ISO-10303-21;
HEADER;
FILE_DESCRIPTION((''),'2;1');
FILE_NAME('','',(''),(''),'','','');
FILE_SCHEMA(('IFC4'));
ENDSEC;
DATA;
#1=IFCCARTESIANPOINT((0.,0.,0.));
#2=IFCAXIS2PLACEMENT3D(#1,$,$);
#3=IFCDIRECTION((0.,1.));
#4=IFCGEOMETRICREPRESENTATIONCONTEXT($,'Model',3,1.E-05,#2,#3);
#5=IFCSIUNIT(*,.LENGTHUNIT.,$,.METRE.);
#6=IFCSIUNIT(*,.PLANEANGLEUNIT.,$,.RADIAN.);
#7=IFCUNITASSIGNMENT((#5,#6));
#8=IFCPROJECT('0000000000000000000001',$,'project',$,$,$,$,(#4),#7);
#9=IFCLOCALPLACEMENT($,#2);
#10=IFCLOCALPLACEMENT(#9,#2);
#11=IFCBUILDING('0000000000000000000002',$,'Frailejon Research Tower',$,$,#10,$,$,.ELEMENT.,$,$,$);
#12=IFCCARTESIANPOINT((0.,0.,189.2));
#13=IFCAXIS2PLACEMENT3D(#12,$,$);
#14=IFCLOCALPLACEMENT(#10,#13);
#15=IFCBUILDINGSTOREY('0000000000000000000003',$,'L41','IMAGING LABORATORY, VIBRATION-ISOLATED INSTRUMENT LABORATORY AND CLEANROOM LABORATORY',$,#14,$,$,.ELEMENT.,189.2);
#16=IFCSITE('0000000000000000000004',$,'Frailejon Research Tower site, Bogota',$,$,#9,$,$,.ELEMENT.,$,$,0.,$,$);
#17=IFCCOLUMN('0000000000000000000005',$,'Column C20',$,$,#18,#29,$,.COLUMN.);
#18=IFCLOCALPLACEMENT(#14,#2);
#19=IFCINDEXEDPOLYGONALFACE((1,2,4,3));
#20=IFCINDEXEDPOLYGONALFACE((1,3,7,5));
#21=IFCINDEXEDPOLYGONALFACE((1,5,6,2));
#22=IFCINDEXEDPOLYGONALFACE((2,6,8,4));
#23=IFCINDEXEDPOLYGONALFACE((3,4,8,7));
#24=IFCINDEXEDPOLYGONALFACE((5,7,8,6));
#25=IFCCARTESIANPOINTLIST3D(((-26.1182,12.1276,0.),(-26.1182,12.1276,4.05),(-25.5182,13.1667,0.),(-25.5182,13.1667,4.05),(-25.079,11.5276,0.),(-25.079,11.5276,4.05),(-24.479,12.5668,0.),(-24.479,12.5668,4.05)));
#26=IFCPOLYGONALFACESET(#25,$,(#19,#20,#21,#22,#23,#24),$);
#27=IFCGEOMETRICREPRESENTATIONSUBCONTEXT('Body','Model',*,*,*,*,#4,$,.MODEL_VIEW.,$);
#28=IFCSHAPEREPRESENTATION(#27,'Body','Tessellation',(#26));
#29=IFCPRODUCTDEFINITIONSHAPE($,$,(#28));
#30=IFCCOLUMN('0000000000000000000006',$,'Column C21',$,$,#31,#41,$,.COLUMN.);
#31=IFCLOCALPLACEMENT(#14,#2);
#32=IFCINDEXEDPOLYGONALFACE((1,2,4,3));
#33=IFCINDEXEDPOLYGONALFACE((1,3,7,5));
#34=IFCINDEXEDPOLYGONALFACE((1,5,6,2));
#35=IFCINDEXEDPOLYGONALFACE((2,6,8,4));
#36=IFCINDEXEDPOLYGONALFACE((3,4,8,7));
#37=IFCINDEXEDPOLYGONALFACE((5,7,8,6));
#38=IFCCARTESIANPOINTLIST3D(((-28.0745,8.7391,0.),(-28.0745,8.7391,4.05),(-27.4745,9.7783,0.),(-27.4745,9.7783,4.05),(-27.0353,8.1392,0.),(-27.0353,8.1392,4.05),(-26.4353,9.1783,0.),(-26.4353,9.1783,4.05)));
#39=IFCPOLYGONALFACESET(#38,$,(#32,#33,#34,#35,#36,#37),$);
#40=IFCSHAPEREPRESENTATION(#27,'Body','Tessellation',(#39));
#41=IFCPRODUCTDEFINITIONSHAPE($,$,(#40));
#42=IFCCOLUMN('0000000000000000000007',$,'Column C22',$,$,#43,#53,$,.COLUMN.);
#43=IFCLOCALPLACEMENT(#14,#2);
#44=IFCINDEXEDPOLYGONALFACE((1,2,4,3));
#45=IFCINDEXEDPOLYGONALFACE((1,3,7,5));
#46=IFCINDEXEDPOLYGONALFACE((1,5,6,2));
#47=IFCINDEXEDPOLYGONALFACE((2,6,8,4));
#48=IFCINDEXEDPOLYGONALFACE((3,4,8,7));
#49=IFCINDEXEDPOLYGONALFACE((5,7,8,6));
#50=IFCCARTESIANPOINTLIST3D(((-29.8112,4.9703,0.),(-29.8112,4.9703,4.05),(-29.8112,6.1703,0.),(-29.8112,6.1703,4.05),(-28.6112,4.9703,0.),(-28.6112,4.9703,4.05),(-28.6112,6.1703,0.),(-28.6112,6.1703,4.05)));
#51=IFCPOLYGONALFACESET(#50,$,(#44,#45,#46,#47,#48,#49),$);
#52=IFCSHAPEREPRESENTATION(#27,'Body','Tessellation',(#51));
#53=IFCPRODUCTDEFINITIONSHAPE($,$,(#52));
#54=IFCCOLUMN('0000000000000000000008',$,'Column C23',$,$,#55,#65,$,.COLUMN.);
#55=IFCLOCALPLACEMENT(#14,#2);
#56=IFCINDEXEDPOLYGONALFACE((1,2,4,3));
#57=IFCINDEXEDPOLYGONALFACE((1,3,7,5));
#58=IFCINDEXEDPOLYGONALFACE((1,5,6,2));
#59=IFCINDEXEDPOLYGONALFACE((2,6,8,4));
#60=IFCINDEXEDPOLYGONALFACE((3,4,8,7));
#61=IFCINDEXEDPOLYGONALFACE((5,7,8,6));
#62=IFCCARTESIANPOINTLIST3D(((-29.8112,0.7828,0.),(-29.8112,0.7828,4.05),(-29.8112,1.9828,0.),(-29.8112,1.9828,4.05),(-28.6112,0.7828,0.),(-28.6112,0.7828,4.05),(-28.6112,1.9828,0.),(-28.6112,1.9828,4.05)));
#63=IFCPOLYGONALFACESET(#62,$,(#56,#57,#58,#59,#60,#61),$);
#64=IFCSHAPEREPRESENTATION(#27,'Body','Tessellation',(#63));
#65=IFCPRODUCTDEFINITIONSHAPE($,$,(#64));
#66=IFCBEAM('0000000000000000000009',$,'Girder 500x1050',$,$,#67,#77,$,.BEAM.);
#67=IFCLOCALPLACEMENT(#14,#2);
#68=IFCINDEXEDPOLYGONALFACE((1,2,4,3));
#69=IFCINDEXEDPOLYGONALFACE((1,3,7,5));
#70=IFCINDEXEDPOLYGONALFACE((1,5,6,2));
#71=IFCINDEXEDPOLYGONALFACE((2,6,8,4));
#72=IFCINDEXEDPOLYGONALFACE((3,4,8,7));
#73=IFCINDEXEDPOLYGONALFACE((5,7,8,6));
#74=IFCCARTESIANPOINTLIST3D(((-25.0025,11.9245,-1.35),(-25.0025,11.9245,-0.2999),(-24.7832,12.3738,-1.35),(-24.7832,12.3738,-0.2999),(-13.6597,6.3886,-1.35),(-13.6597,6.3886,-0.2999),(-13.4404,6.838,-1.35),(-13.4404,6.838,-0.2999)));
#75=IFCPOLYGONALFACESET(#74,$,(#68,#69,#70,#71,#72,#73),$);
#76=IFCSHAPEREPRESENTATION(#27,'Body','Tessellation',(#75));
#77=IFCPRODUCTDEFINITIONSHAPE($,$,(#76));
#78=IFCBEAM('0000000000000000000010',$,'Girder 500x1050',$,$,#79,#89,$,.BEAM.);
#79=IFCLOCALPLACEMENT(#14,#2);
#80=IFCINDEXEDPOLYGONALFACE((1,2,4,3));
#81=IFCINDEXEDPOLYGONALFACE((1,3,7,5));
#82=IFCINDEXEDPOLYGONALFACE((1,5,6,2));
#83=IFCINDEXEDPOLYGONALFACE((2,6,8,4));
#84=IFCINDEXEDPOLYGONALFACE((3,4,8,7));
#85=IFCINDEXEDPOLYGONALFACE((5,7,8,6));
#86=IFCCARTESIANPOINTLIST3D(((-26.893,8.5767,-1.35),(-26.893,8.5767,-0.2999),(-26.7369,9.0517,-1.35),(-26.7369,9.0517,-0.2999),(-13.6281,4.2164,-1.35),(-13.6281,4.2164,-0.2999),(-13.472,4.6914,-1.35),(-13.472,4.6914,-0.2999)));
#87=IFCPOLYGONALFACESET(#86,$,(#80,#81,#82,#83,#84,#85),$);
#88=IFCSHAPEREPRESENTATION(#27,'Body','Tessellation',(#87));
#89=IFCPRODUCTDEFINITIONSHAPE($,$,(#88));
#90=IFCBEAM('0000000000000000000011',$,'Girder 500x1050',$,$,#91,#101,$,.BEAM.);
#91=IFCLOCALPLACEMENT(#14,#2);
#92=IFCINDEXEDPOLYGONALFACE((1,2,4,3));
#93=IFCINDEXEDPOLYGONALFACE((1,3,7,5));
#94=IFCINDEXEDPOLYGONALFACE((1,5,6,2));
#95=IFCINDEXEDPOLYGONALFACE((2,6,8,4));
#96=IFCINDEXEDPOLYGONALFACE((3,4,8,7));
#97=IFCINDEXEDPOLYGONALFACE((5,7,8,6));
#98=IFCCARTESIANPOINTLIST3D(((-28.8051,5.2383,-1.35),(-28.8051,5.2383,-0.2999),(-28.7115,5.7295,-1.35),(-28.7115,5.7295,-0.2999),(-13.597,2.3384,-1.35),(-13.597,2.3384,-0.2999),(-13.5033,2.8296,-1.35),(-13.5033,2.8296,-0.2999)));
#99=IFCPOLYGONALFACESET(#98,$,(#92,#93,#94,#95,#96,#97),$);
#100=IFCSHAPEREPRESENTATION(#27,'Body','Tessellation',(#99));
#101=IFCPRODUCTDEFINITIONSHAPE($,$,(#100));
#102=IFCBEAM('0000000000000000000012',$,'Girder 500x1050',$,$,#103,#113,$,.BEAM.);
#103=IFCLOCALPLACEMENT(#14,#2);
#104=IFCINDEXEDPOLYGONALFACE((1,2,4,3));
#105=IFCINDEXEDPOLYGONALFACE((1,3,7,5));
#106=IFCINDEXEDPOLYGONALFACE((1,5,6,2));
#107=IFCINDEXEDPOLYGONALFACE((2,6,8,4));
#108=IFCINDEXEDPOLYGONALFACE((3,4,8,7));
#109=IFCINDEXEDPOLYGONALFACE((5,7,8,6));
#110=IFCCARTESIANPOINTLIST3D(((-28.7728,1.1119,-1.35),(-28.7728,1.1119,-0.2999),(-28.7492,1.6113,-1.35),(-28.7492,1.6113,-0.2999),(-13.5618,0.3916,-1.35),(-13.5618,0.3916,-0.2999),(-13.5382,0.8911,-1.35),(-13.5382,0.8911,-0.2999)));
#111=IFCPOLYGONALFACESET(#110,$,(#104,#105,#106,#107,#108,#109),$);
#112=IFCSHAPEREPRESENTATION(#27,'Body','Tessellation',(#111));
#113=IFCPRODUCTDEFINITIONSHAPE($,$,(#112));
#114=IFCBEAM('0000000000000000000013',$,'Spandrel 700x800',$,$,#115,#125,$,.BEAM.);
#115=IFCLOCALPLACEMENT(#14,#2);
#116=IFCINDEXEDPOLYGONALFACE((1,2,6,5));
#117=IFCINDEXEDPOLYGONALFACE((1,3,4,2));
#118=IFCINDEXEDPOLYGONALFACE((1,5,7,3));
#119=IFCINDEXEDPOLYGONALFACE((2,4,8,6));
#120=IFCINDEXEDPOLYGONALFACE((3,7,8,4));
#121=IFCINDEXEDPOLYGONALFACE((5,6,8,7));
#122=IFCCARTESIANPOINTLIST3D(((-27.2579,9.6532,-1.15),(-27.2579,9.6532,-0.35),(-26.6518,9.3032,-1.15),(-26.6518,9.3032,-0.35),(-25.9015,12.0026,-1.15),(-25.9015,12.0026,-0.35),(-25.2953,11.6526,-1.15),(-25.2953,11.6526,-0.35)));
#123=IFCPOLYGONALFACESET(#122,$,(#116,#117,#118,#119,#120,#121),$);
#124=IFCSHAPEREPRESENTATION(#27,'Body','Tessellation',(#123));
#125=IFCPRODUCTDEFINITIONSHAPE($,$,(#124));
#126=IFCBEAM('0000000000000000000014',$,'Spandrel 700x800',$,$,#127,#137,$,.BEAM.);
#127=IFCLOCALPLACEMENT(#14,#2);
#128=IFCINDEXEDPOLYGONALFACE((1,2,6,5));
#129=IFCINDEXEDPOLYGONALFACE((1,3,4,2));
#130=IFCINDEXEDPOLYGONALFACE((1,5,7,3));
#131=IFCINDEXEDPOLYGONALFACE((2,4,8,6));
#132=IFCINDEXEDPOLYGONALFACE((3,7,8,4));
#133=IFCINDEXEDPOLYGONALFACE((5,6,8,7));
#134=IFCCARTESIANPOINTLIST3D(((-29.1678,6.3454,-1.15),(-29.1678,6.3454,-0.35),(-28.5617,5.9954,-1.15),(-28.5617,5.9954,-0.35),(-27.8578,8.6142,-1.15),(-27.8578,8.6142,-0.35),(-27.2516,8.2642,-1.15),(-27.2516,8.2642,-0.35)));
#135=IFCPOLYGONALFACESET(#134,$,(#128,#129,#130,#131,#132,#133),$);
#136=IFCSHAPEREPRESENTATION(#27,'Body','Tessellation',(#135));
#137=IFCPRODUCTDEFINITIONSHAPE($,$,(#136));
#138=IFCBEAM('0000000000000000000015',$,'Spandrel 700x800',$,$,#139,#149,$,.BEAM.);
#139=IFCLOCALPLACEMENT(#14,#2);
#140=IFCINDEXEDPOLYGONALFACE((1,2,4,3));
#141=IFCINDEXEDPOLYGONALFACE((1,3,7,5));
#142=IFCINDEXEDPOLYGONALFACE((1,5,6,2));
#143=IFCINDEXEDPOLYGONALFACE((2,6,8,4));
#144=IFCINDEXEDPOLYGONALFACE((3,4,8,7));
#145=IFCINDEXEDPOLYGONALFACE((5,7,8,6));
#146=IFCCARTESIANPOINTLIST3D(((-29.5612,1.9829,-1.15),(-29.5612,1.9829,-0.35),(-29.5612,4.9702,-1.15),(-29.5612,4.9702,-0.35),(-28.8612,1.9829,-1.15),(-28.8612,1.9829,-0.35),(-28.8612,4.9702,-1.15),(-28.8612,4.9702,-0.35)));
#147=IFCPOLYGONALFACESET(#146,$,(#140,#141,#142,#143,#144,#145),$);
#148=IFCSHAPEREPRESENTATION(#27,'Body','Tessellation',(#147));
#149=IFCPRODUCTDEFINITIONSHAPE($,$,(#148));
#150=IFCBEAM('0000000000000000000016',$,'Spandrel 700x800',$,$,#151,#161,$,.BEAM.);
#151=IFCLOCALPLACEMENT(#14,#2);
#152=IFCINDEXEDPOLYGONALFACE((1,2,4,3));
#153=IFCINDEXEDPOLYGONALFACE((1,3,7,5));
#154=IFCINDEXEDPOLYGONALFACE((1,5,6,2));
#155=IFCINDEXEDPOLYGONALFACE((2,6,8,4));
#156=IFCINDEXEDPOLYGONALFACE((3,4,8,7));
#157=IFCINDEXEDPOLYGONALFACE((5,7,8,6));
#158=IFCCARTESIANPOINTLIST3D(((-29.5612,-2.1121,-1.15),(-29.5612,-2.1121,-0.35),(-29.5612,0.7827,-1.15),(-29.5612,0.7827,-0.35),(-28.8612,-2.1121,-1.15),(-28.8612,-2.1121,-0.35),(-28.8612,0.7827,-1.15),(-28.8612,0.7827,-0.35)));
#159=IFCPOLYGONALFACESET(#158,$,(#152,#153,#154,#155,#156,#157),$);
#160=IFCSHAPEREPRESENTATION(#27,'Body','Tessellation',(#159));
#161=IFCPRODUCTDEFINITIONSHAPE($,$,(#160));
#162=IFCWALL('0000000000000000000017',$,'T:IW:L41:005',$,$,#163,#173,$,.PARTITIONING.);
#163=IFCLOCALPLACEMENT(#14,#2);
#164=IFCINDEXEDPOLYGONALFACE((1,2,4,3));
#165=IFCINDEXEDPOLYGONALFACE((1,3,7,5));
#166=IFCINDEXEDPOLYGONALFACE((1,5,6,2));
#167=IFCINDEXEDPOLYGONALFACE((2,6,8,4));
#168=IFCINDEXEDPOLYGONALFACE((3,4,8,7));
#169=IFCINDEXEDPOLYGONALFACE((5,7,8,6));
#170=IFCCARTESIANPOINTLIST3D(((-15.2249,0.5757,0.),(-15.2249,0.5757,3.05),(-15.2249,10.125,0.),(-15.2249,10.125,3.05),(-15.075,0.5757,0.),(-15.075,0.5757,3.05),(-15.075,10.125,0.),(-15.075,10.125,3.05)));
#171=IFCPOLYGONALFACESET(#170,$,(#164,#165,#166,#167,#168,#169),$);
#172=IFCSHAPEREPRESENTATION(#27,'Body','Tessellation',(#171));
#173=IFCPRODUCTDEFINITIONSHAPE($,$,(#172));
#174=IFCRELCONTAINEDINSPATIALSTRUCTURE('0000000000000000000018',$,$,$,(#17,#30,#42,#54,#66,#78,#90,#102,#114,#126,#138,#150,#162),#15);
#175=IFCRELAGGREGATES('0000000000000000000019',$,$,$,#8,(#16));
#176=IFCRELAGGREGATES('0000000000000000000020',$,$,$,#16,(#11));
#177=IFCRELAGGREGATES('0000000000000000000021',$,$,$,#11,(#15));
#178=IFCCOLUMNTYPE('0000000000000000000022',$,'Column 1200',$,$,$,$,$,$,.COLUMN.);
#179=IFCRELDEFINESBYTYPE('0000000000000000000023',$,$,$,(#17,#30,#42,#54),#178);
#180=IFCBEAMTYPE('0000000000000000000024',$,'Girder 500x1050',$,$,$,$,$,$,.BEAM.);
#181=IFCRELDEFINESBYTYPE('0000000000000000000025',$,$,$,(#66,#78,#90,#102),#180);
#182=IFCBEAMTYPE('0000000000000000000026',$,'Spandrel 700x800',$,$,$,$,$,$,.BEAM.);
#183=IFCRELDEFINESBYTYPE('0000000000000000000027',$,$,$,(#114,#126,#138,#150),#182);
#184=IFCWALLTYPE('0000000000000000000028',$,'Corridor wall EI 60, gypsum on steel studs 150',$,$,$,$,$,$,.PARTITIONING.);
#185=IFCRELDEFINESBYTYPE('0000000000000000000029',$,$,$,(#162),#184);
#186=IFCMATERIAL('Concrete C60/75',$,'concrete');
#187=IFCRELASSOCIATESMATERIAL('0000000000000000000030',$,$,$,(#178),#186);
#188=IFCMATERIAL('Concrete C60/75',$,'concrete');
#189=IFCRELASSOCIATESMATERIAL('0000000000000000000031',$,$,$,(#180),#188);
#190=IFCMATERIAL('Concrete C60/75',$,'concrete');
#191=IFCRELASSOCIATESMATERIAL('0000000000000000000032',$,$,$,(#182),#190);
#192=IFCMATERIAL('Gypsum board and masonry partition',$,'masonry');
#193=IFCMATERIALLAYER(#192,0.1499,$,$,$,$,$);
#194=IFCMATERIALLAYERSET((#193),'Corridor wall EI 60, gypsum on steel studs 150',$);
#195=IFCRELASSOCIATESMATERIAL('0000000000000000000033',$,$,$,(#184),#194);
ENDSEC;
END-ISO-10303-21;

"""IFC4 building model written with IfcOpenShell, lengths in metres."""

from ifc_helpers import new_model, si_unit, direction, frame, frame_2d, origin, origin_2d, place, context, subcontext, project, spatial, rectangle, extrude, material, layer, layer_set, material_profile, profile_set, type_object, element, save


model = new_model("IFC4")

# Units and contexts
model_context = context("Model", 3, precision=1e-05, world=origin(), true_north=direction((0.0, 1.0)))
body_context = subcontext(model_context, "Body", "Model", "MODEL_VIEW")
ifc_project = project(units=[si_unit("LENGTHUNIT", "METRE"), si_unit("PLANEANGLEUNIT", "RADIAN")], contexts=[model_context])

# Site, building, storey
site_placement = place(None, origin())
site = spatial("IfcSite", under=ifc_project, at=site_placement, Name="Frailejon Research Tower site, Bogota", CompositionType="ELEMENT", RefElevation=0.0)
building_placement = place(site_placement, origin())
building = spatial("IfcBuilding", under=site, at=building_placement, Name="Frailejon Research Tower", CompositionType="ELEMENT")
storey_placement = place(building_placement, frame((0.0, 0.0, 189.2)))
storey = spatial("IfcBuildingStorey", under=building, at=storey_placement, Name="L41", Description="IMAGING LABORATORY, VIBRATION-ISOLATED INSTRUMENT LABORATORY AND CLEANROOM LABORATORY", CompositionType="ELEMENT", Elevation=189.2)

# Columns
ifc_material_1 = material(Name="Concrete C60/75", Category="concrete")
ifc_material_profile_1 = material_profile(ifc_material_1, rectangle(XDim=1.2, YDim=1.2, at=origin_2d()), Name="Column 1200")
ifc_profile_set_1 = profile_set([ifc_material_profile_1], Name="Concrete C60/75")
column_type = type_object("IfcColumnType", Name="Column 1200", PredefinedType="COLUMN", material=ifc_profile_set_1)
for number, where, z_axis, x_axis, name in (
    (1, (-25.2986, 12.3472, 0.0), (0.0, 0.0, 1.0), (-0.5, -0.866025, 0.0), "Column C20"),
    (2, (-27.2549, 8.9587, 0.0), (0.0, 0.0, 1.0), (-0.5, -0.866025, 0.0), "Column C21"),
    (3, (-29.2112, 5.5703, 0.0), (0.0, 0.0, 1.0), (0.0, -1.0, 0.0), "Column C22"),
    (4, (-29.2112, 1.3828, 0.0), (0.0, 0.0, 1.0), (0.0, -1.0, 0.0), "Column C23"),
):
    element("IfcColumn", number, at=place(storey_placement, frame(where, z_axis=z_axis, x_axis=x_axis)), inside=storey, type_object=column_type, Name=name, PredefinedType="COLUMN", context=body_context, shape_type="SweptSolid", body=[
        extrude(rectangle(XDim=1.2, YDim=1.2, at=origin_2d()), origin(), (0.0, 0.0, 1.0), 4.05),
    ])

# Beams
ifc_material_2 = material(Name="Concrete C60/75", Category="concrete")
ifc_material_profile_2 = material_profile(ifc_material_2, rectangle(XDim=0.5, YDim=1.05, at=origin_2d()), Name="Girder 500x1050")
ifc_profile_set_2 = profile_set([ifc_material_profile_2], Name="Concrete C60/75")
beam_type_1 = type_object("IfcBeamType", Name="Girder 500x1050", PredefinedType="BEAM", material=ifc_profile_set_2)
beam_1_placement = place(storey_placement, frame((-24.8928, 12.1492, -0.825), z_axis=(0.89868, -0.438605, 0.0), x_axis=(0.438605, 0.89868, 0.0)))
element("IfcBeam", 5, at=beam_1_placement, inside=storey, type_object=beam_type_1, Name="Girder 500x1050", PredefinedType="BEAM", context=body_context, shape_type="SweptSolid", body=[
    extrude(rectangle(XDim=0.5, YDim=1.05, at=origin_2d()), origin(), (0.0, 0.0, 1.0), 12.6216),
])
beam_2_placement = place(storey_placement, frame((-26.8149, 8.8142, -0.825), z_axis=(0.949992, -0.312275, 0.0), x_axis=(0.312275, 0.949992, 0.0)))
element("IfcBeam", 6, at=beam_2_placement, inside=storey, type_object=beam_type_1, Name="Girder 500x1050", PredefinedType="BEAM", context=body_context, shape_type="SweptSolid", body=[
    extrude(rectangle(XDim=0.5, YDim=1.05, at=origin_2d()), origin(), (0.0, 0.0, 1.0), 13.9631),
])
beam_3_placement = place(storey_placement, frame((-28.7583, 5.4839, -0.825), z_axis=(0.982302, -0.187305, 0.0), x_axis=(0.187305, 0.982302, 0.0)))
element("IfcBeam", 7, at=beam_3_placement, inside=storey, type_object=beam_type_1, Name="Girder 500x1050", PredefinedType="BEAM", context=body_context, shape_type="SweptSolid", body=[
    extrude(rectangle(XDim=0.5, YDim=1.05, at=origin_2d()), origin(), (0.0, 0.0, 1.0), 15.4822),
])
beam_4_placement = place(storey_placement, frame((-28.761, 1.3616, -0.825), z_axis=(0.998881, -0.047295, 0.0), x_axis=(0.047295, 0.998881, 0.0)))
element("IfcBeam", 8, at=beam_4_placement, inside=storey, type_object=beam_type_1, Name="Girder 500x1050", PredefinedType="BEAM", context=body_context, shape_type="SweptSolid", body=[
    extrude(rectangle(XDim=0.5, YDim=1.05, at=origin_2d()), origin(), (0.0, 0.0, 1.0), 15.228),
])
ifc_material_3 = material(Name="Concrete C60/75", Category="concrete")
ifc_material_profile_3 = material_profile(ifc_material_3, rectangle(XDim=0.7, YDim=0.8, at=origin_2d()), Name="Spandrel 700x800")
ifc_profile_set_3 = profile_set([ifc_material_profile_3], Name="Concrete C60/75")
beam_type_2 = type_object("IfcBeamType", Name="Spandrel 700x800", PredefinedType="BEAM", material=ifc_profile_set_3)
beam_5_placement = place(storey_placement, frame((-25.5984, 11.8276, -0.75), z_axis=(-0.500011, -0.866019, 0.0), x_axis=(0.866019, -0.500011, 0.0)))
element("IfcBeam", 9, at=beam_5_placement, inside=storey, type_object=beam_type_2, Name="Spandrel 700x800", PredefinedType="BEAM", context=body_context, shape_type="SweptSolid", body=[
    extrude(rectangle(XDim=0.7, YDim=0.8, at=origin_2d()), origin(), (0.0, 0.0, 1.0), 2.7129),
])
beam_6_placement = place(storey_placement, frame((-27.5547, 8.4392, -0.75), z_axis=(-0.500048, -0.865998, 0.0), x_axis=(0.865998, -0.500048, 0.0)))
element("IfcBeam", 10, at=beam_6_placement, inside=storey, type_object=beam_type_2, Name="Spandrel 700x800", PredefinedType="BEAM", context=body_context, shape_type="SweptSolid", body=[
    extrude(rectangle(XDim=0.7, YDim=0.8, at=origin_2d()), origin(), (0.0, 0.0, 1.0), 2.6199),
])
beam_7_placement = place(storey_placement, frame((-29.2112, 4.9702, -0.75), z_axis=(0.0, -1.0, 0.0), x_axis=(1.0, 0.0, 0.0)))
element("IfcBeam", 11, at=beam_7_placement, inside=storey, type_object=beam_type_2, Name="Spandrel 700x800", PredefinedType="BEAM", context=body_context, shape_type="SweptSolid", body=[
    extrude(rectangle(XDim=0.7, YDim=0.8, at=origin_2d()), origin(), (0.0, 0.0, 1.0), 2.9873),
])
beam_8_placement = place(storey_placement, frame((-29.2112, 0.7827, -0.75), z_axis=(0.0, -1.0, 0.0), x_axis=(1.0, 0.0, 0.0)))
element("IfcBeam", 12, at=beam_8_placement, inside=storey, type_object=beam_type_2, Name="Spandrel 700x800", PredefinedType="BEAM", context=body_context, shape_type="SweptSolid", body=[
    extrude(rectangle(XDim=0.7, YDim=0.8, at=origin_2d()), origin(), (0.0, 0.0, 1.0), 2.8948),
])

# Wall
ifc_material_4 = material(Name="Gypsum board and masonry partition", Category="masonry")
ifc_layer_1 = layer(ifc_material_4, 0.1499)
ifc_layer_set_1 = layer_set([ifc_layer_1], Name="Corridor wall EI 60, gypsum on steel studs 150")
wall_type_1 = type_object("IfcWallType", Name="Corridor wall EI 60, gypsum on steel studs 150", PredefinedType="PARTITIONING", material=ifc_layer_set_1)
wall_1_placement = place(storey_placement, frame((-15.1499, 0.5757, 0.0), z_axis=(0.0, 0.0, 1.0), x_axis=(0.0, 1.0, 0.0)))
element("IfcWall", 13, at=wall_1_placement, inside=storey, type_object=wall_type_1, Name="T:IW:L41:005", PredefinedType="PARTITIONING", context=body_context, shape_type="SweptSolid", body=[
    extrude(rectangle(XDim=9.5493, YDim=0.1499, at=frame_2d((4.7747, 0.0))), origin(), (0.0, 0.0, 1.0), 3.05),
])

save(model, "model.ifc")
